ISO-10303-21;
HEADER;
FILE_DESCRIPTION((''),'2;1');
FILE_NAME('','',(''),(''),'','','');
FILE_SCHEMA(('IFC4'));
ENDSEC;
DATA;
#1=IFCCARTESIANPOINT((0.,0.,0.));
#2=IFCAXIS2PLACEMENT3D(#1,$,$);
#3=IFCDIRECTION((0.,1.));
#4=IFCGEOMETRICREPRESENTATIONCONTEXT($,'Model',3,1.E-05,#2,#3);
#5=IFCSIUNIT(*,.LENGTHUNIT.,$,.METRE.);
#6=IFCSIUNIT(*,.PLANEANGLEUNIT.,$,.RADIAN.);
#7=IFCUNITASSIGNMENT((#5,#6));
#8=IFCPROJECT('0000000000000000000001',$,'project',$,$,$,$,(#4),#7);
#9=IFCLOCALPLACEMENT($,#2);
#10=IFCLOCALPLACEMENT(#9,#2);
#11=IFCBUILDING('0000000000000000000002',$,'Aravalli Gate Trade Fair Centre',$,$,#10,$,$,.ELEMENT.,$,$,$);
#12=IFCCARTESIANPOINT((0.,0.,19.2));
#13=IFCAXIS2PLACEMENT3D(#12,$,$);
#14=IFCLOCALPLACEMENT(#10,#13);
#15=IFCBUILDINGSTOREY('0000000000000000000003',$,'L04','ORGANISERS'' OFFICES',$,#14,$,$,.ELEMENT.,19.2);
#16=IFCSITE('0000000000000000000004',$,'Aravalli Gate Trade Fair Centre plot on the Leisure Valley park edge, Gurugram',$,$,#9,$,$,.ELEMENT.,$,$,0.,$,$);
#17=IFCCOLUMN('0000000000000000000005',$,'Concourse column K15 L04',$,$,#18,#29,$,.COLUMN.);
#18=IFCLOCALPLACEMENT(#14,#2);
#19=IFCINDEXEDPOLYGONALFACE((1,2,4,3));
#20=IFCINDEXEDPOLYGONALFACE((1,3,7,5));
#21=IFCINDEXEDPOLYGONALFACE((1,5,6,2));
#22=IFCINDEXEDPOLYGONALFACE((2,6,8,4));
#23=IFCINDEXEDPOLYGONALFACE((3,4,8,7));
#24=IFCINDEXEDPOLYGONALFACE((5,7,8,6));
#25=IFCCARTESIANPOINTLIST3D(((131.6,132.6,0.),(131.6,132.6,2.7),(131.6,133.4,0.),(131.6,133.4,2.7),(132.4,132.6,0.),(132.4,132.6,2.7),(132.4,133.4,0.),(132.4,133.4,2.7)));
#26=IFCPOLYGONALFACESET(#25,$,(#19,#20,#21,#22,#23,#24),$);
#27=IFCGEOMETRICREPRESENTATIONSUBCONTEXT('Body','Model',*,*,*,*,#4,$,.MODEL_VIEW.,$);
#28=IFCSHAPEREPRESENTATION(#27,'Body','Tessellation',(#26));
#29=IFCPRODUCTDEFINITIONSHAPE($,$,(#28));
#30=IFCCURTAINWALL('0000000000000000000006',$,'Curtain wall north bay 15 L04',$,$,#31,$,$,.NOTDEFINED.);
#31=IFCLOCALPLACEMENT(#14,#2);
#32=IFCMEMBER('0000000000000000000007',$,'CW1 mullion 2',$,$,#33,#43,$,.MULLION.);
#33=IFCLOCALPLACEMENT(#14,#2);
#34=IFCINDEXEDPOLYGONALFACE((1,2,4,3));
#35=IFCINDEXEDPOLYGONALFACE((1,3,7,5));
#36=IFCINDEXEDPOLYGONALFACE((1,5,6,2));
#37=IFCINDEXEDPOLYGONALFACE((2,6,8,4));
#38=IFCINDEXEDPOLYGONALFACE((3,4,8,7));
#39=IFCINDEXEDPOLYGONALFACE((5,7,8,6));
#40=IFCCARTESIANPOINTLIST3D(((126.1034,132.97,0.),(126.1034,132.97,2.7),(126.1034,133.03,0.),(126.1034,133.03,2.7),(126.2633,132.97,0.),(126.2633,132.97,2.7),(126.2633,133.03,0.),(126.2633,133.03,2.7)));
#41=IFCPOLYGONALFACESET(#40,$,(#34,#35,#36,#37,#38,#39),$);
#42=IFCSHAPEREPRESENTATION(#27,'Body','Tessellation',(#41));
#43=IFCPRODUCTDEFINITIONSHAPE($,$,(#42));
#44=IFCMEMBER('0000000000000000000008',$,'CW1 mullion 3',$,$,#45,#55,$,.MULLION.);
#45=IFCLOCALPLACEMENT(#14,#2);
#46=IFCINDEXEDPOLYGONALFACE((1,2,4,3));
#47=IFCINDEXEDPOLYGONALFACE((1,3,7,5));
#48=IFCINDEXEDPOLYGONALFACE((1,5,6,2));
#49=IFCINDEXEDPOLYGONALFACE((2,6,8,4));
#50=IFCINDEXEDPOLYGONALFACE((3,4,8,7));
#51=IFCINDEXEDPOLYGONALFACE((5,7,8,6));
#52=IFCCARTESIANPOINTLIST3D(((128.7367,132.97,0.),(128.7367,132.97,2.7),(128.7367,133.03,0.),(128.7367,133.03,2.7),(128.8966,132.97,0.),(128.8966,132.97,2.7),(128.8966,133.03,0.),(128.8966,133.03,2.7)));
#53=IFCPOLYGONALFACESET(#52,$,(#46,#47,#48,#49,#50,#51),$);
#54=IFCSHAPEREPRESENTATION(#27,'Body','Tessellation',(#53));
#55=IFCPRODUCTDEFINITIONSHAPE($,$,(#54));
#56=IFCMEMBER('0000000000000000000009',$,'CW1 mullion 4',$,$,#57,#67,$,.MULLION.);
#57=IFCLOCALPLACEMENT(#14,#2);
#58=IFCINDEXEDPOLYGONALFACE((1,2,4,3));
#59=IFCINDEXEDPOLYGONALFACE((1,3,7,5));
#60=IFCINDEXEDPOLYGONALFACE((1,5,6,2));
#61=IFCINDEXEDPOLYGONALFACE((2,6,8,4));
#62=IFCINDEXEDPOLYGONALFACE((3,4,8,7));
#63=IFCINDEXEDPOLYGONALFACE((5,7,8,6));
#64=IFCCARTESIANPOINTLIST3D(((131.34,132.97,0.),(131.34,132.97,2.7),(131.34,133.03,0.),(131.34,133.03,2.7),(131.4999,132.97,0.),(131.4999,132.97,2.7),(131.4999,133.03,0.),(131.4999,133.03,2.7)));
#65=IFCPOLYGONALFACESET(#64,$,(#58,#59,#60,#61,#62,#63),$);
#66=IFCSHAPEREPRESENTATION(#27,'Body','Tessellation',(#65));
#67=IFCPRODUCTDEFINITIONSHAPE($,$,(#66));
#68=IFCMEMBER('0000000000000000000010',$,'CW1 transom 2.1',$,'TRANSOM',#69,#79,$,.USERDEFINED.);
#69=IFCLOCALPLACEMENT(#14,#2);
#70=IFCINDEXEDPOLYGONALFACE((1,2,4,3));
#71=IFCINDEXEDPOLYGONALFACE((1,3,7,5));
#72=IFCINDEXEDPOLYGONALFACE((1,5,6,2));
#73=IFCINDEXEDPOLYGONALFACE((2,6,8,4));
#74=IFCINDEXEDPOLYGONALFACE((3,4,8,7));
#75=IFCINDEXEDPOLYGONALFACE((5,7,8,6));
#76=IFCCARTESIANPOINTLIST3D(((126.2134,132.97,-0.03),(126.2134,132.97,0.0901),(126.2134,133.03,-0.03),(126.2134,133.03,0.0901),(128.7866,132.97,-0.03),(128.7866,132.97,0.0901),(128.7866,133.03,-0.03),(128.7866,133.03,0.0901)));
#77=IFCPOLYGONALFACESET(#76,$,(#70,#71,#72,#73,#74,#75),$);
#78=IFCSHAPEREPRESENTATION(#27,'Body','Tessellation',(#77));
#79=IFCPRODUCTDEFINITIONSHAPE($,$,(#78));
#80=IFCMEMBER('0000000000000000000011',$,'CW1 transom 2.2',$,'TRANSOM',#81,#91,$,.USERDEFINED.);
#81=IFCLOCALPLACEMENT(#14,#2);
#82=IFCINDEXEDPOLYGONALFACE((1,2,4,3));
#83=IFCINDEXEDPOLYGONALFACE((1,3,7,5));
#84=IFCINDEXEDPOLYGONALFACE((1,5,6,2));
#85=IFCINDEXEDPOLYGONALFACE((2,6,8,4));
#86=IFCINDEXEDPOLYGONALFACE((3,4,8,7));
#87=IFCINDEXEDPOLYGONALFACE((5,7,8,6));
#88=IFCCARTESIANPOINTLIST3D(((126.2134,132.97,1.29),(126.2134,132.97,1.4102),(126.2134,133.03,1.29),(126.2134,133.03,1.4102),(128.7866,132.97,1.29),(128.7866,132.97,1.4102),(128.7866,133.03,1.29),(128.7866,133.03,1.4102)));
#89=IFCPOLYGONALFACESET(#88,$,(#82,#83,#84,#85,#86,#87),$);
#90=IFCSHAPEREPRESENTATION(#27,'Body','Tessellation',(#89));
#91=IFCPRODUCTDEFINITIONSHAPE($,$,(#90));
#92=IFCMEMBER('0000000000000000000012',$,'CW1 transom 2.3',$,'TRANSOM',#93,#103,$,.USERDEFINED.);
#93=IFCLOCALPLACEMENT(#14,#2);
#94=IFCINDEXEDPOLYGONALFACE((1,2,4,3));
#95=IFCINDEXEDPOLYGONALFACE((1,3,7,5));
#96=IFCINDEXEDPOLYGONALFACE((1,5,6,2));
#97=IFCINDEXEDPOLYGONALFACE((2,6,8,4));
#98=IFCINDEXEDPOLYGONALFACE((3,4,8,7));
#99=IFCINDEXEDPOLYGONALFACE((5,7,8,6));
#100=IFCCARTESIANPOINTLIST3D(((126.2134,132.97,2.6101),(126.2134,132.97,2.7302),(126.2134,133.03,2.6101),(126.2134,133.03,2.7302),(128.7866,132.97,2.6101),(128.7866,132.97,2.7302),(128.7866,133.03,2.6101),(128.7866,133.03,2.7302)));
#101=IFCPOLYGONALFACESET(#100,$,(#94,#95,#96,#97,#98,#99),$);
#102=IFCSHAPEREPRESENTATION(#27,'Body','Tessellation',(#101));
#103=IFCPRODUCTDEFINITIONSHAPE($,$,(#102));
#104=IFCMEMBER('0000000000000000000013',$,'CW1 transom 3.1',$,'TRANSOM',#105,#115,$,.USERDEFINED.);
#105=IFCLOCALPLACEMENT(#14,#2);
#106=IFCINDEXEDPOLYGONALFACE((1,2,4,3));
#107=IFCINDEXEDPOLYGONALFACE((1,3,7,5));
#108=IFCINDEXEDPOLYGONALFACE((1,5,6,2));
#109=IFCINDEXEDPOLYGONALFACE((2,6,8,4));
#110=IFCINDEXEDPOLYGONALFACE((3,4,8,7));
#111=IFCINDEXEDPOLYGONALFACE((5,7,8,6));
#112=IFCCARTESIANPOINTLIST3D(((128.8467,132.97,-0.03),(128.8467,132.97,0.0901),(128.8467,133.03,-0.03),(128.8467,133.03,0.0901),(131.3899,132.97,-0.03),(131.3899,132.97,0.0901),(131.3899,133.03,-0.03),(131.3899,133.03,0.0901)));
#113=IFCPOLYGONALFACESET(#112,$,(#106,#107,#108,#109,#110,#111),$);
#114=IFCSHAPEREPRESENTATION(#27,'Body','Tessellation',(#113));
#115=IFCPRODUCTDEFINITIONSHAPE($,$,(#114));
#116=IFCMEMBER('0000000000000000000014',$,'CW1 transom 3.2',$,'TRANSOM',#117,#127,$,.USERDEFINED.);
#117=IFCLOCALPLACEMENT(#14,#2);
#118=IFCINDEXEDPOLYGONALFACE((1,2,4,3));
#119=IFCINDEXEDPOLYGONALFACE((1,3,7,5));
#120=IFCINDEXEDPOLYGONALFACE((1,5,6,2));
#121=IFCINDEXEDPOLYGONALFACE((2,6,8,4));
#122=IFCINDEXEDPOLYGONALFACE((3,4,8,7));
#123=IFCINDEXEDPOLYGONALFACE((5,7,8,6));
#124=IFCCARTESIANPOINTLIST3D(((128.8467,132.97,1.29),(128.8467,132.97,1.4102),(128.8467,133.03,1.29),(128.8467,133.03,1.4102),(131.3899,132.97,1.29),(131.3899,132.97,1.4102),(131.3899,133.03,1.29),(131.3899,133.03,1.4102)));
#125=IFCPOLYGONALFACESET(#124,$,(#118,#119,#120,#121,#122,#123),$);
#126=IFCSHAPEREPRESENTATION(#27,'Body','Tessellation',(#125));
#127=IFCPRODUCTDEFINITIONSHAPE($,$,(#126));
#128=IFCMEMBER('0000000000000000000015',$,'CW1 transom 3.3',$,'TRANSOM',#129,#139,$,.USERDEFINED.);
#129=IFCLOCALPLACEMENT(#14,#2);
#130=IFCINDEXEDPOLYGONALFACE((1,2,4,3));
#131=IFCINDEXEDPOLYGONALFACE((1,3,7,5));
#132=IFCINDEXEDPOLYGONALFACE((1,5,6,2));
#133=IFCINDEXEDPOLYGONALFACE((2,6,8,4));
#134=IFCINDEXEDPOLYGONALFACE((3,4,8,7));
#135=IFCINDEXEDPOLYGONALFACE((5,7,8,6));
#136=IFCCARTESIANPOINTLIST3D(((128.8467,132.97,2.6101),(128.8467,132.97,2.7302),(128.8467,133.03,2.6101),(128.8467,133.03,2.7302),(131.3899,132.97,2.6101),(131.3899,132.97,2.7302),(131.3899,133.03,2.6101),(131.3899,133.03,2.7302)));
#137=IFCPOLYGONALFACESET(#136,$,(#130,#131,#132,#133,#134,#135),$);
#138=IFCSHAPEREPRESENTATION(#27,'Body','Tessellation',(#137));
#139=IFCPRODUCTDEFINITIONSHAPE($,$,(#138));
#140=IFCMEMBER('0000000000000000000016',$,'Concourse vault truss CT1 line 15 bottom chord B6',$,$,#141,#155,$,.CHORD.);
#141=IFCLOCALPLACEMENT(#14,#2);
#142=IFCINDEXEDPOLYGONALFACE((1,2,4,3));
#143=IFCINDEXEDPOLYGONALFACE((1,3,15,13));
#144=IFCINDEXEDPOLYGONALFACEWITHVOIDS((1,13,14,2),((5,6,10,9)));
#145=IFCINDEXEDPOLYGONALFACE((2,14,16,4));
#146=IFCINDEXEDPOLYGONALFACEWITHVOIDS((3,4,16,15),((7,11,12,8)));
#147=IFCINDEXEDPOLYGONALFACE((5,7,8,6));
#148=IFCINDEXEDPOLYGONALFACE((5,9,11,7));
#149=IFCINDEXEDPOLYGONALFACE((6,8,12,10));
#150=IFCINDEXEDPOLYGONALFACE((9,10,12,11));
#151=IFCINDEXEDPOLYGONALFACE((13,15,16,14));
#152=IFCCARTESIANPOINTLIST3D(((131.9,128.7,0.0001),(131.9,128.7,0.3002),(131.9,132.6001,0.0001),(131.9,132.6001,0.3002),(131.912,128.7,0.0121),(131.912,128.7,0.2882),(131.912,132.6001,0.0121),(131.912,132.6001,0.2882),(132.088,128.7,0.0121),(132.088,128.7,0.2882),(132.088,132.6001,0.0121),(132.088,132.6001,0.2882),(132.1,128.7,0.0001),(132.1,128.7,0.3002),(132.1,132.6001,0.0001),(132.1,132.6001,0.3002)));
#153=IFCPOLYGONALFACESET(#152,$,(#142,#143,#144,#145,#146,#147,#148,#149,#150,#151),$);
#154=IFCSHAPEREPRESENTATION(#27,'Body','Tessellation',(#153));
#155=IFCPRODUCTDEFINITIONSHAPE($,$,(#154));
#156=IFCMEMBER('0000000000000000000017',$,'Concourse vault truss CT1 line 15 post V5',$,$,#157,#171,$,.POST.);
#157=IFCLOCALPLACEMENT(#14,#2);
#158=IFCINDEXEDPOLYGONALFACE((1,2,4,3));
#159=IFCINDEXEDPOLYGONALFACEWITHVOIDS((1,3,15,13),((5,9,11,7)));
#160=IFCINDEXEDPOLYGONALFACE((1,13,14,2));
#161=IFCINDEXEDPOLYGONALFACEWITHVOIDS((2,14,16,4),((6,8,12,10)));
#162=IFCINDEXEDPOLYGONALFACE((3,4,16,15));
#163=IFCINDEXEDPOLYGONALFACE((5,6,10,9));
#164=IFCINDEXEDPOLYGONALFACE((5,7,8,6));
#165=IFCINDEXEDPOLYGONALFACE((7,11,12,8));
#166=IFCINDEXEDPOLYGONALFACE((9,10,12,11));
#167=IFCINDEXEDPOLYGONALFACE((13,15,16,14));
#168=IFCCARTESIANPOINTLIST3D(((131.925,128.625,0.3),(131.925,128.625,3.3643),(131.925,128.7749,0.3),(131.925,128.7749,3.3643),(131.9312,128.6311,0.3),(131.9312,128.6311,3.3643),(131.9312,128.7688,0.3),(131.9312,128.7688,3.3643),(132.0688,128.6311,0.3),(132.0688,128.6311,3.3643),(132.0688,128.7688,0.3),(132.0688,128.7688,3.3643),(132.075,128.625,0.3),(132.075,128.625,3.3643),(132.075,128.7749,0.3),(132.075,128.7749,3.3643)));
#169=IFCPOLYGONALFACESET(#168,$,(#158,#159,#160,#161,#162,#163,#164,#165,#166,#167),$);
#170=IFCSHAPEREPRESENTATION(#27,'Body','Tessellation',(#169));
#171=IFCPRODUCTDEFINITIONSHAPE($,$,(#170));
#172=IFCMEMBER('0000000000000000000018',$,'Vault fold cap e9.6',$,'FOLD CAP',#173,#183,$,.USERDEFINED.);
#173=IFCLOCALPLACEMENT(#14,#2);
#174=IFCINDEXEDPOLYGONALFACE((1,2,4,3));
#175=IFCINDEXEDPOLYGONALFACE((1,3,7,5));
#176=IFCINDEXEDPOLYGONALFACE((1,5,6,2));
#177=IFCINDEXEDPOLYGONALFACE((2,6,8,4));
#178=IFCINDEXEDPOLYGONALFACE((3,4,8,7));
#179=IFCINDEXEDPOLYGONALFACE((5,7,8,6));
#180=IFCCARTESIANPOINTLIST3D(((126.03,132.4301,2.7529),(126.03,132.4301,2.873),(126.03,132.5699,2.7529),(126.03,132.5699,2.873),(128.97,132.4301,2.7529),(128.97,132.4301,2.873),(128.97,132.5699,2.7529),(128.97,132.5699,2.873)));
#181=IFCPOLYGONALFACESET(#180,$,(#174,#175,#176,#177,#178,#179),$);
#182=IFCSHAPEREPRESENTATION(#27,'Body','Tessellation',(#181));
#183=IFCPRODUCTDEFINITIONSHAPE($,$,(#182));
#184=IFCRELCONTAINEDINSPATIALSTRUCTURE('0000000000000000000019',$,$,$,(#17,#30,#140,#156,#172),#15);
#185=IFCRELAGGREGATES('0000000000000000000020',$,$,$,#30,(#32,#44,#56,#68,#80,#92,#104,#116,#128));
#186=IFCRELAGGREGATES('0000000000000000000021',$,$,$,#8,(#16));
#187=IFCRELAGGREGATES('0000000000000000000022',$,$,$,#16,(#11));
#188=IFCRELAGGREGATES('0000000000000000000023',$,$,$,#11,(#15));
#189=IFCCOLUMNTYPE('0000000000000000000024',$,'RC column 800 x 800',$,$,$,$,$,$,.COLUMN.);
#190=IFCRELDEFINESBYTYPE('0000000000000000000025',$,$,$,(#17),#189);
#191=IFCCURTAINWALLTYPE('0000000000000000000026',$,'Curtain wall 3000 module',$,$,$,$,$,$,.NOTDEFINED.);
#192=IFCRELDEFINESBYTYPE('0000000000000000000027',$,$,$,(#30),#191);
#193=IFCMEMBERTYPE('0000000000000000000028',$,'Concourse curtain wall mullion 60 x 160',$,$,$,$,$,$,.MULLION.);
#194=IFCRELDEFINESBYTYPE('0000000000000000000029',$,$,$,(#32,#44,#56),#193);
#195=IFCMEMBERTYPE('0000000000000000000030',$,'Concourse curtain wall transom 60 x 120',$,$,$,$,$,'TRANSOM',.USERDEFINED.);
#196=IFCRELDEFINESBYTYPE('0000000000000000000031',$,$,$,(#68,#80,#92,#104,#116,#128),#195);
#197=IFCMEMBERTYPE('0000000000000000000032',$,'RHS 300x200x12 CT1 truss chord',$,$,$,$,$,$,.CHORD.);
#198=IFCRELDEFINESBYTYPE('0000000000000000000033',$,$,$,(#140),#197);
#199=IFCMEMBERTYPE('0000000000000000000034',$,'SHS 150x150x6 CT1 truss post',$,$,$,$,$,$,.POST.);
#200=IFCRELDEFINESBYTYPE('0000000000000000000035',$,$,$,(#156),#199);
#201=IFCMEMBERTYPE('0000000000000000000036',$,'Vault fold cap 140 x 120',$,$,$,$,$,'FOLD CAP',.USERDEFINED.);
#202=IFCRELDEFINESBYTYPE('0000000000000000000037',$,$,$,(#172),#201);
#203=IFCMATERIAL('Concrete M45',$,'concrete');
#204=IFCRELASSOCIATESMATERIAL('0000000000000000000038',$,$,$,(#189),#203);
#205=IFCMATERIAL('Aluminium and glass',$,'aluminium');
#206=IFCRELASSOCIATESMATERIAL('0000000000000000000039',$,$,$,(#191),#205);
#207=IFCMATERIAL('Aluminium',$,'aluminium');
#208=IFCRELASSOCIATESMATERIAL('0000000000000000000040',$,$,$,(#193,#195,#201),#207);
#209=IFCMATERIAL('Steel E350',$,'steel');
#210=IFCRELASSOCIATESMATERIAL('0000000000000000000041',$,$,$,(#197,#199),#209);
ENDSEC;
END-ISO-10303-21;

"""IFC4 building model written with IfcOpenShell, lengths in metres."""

from ifc_helpers import new_model, si_unit, direction, frame, origin, origin_2d, place, context, subcontext, project, spatial, rectangle, hollow_rectangle, extrude, material, material_profile, profile_set, type_object, element, aggregate, save


model = new_model("IFC4")

# Units and contexts
model_context = context("Model", 3, precision=1e-05, world=origin(), true_north=direction((0.0, 1.0)))
body_context = subcontext(model_context, "Body", "Model", "MODEL_VIEW")
ifc_project = project(units=[si_unit("LENGTHUNIT", "METRE"), si_unit("PLANEANGLEUNIT", "RADIAN")], contexts=[model_context])

# Site, building, storey
site_placement = place(None, origin())
site = spatial("IfcSite", under=ifc_project, at=site_placement, Name="Aravalli Gate Trade Fair Centre plot on the Leisure Valley park edge, Gurugram", CompositionType="ELEMENT", RefElevation=0.0)
building_placement = place(site_placement, origin())
building = spatial("IfcBuilding", under=site, at=building_placement, Name="Aravalli Gate Trade Fair Centre", CompositionType="ELEMENT")
storey_placement = place(building_placement, frame((0.0, 0.0, 19.2)))
storey = spatial("IfcBuildingStorey", under=building, at=storey_placement, Name="L04", Description="ORGANISERS' OFFICES", CompositionType="ELEMENT", Elevation=19.2)

# Column
ifc_material_1 = material(Name="Concrete M45", Category="concrete")
ifc_material_profile_1 = material_profile(ifc_material_1, rectangle(XDim=0.8, YDim=0.8, at=origin_2d()), Name="RC column 800 x 800")
ifc_profile_set_1 = profile_set([ifc_material_profile_1], Name="Concrete M45")
column_type = type_object("IfcColumnType", Name="RC column 800 x 800", PredefinedType="COLUMN", material=ifc_profile_set_1)
column_placement = place(storey_placement, frame((132.0, 133.0, 0.0), z_axis=(0.0, 0.0, 1.0), x_axis=(1.0, 0.0, 0.0)))
element("IfcColumn", 1, at=column_placement, inside=storey, type_object=column_type, Name="Concourse column K15 L04", PredefinedType="COLUMN", context=body_context, shape_type="SweptSolid", body=[
    extrude(rectangle(XDim=0.8, YDim=0.8, at=origin_2d()), origin(), (0.0, 0.0, 1.0), 2.7),
])

# Curtain wall, members
ifc_material_2 = material(Name="Aluminium and glass", Category="aluminium")
curtain_wall_type_1 = type_object("IfcCurtainWallType", Name="Curtain wall 3000 module", PredefinedType="NOTDEFINED", material=ifc_material_2)
curtain_wall_1_placement = place(storey_placement, origin())
curtain_wall_1 = element("IfcCurtainWall", 2, at=curtain_wall_1_placement, inside=storey, type_object=curtain_wall_type_1, Name="Curtain wall north bay 15 L04", PredefinedType="NOTDEFINED")
ifc_material_3 = material(Name="Aluminium", Category="aluminium")
ifc_material_profile_2 = material_profile(ifc_material_3, rectangle(XDim=0.0601, YDim=0.1599, at=origin_2d()), Name="Concourse curtain wall mullion 60 x 160")
ifc_profile_set_2 = profile_set([ifc_material_profile_2], Name="Aluminium")
member_type_1 = type_object("IfcMemberType", Name="Concourse curtain wall mullion 60 x 160", PredefinedType="MULLION", material=ifc_profile_set_2)
member_1_placement = place(storey_placement, frame((126.1833, 133.0, 0.0), z_axis=(0.0, 0.0, 1.0), x_axis=(0.0, 1.0, 0.0)))
member_1 = element("IfcMember", 3, at=member_1_placement, type_object=member_type_1, Name="CW1 mullion 2", PredefinedType="MULLION", context=body_context, shape_type="SweptSolid", body=[
    extrude(rectangle(XDim=0.0601, YDim=0.1599, at=origin_2d()), origin(), (0.0, 0.0, 1.0), 2.7),
])
member_2_placement = place(storey_placement, frame((128.8167, 133.0, 0.0), z_axis=(0.0, 0.0, 1.0), x_axis=(0.0, 1.0, 0.0)))
member_2 = element("IfcMember", 4, at=member_2_placement, type_object=member_type_1, Name="CW1 mullion 3", PredefinedType="MULLION", context=body_context, shape_type="SweptSolid", body=[
    extrude(rectangle(XDim=0.0601, YDim=0.1599, at=origin_2d()), origin(), (0.0, 0.0, 1.0), 2.7),
])
member_3_placement = place(storey_placement, frame((131.4199, 133.0, 0.0), z_axis=(0.0, 0.0, 1.0), x_axis=(0.0, 1.0, 0.0)))
member_3 = element("IfcMember", 5, at=member_3_placement, type_object=member_type_1, Name="CW1 mullion 4", PredefinedType="MULLION", context=body_context, shape_type="SweptSolid", body=[
    extrude(rectangle(XDim=0.0601, YDim=0.1599, at=origin_2d()), origin(), (0.0, 0.0, 1.0), 2.7),
])
ifc_material_profile_3 = material_profile(ifc_material_3, rectangle(XDim=0.0601, YDim=0.1201, at=origin_2d()), Name="Concourse curtain wall transom 60 x 120")
ifc_profile_set_3 = profile_set([ifc_material_profile_3], Name="Aluminium")
member_type_2 = type_object("IfcMemberType", Name="Concourse curtain wall transom 60 x 120", ElementType="TRANSOM", PredefinedType="USERDEFINED", material=ifc_profile_set_3)
member_4_placement = place(storey_placement, frame((126.2134, 133.0, 0.03), z_axis=(1.0, 0.0, 0.0), x_axis=(0.0, 1.0, 0.0)))
member_4 = element("IfcMember", 6, at=member_4_placement, type_object=member_type_2, Name="CW1 transom 2.1", ObjectType="TRANSOM", PredefinedType="USERDEFINED", context=body_context, shape_type="SweptSolid", body=[
    extrude(rectangle(XDim=0.0601, YDim=0.1201, at=origin_2d()), origin(), (0.0, 0.0, 1.0), 2.5732),
])
member_5_placement = place(storey_placement, frame((126.2134, 133.0, 1.3501), z_axis=(1.0, 0.0, 0.0), x_axis=(0.0, 1.0, 0.0)))
member_5 = element("IfcMember", 7, at=member_5_placement, type_object=member_type_2, Name="CW1 transom 2.2", ObjectType="TRANSOM", PredefinedType="USERDEFINED", context=body_context, shape_type="SweptSolid", body=[
    extrude(rectangle(XDim=0.0601, YDim=0.1201, at=origin_2d()), origin(), (0.0, 0.0, 1.0), 2.5732),
])
member_6_placement = place(storey_placement, frame((126.2134, 133.0, 2.6702), z_axis=(1.0, 0.0, 0.0), x_axis=(0.0, 1.0, 0.0)))
member_6 = element("IfcMember", 8, at=member_6_placement, type_object=member_type_2, Name="CW1 transom 2.3", ObjectType="TRANSOM", PredefinedType="USERDEFINED", context=body_context, shape_type="SweptSolid", body=[
    extrude(rectangle(XDim=0.0601, YDim=0.1201, at=origin_2d()), origin(), (0.0, 0.0, 1.0), 2.5732),
])
member_7_placement = place(storey_placement, frame((128.8467, 133.0, 0.03), z_axis=(1.0, 0.0, 0.0), x_axis=(0.0, 1.0, 0.0)))
member_7 = element("IfcMember", 9, at=member_7_placement, type_object=member_type_2, Name="CW1 transom 3.1", ObjectType="TRANSOM", PredefinedType="USERDEFINED", context=body_context, shape_type="SweptSolid", body=[
    extrude(rectangle(XDim=0.0601, YDim=0.1201, at=origin_2d()), origin(), (0.0, 0.0, 1.0), 2.5432),
])
member_8_placement = place(storey_placement, frame((128.8467, 133.0, 1.3501), z_axis=(1.0, 0.0, 0.0), x_axis=(0.0, 1.0, 0.0)))
member_8 = element("IfcMember", 10, at=member_8_placement, type_object=member_type_2, Name="CW1 transom 3.2", ObjectType="TRANSOM", PredefinedType="USERDEFINED", context=body_context, shape_type="SweptSolid", body=[
    extrude(rectangle(XDim=0.0601, YDim=0.1201, at=origin_2d()), origin(), (0.0, 0.0, 1.0), 2.5432),
])
member_9_placement = place(storey_placement, frame((128.8467, 133.0, 2.6702), z_axis=(1.0, 0.0, 0.0), x_axis=(0.0, 1.0, 0.0)))
member_9 = element("IfcMember", 11, at=member_9_placement, type_object=member_type_2, Name="CW1 transom 3.3", ObjectType="TRANSOM", PredefinedType="USERDEFINED", context=body_context, shape_type="SweptSolid", body=[
    extrude(rectangle(XDim=0.0601, YDim=0.1201, at=origin_2d()), origin(), (0.0, 0.0, 1.0), 2.5432),
])

# Members
ifc_material_4 = material(Name="Steel E350", Category="steel")
ifc_material_profile_4 = material_profile(ifc_material_4, hollow_rectangle(XDim=0.2, YDim=0.3, WallThickness=0.012, at=origin_2d()), Name="RHS 300x200x12")
ifc_profile_set_4 = profile_set([ifc_material_profile_4], Name="Steel E350")
member_type_3 = type_object("IfcMemberType", Name="RHS 300x200x12 CT1 truss chord", PredefinedType="CHORD", material=ifc_profile_set_4)
member_10_placement = place(storey_placement, frame((132.0, 128.7, 0.1501), z_axis=(0.0, 1.0, 0.0), x_axis=(-1.0, 0.0, 0.0)))
element("IfcMember", 12, at=member_10_placement, inside=storey, type_object=member_type_3, Name="Concourse vault truss CT1 line 15 bottom chord B6", PredefinedType="CHORD", context=body_context, shape_type="SweptSolid", body=[
    extrude(hollow_rectangle(XDim=0.2, YDim=0.3, WallThickness=0.012, at=origin_2d()), origin(), (0.0, 0.0, 1.0), 3.9001),
])
ifc_material_profile_5 = material_profile(ifc_material_4, hollow_rectangle(XDim=0.1499, YDim=0.1499, WallThickness=0.0061, at=origin_2d()), Name="SHS 150x150x6")
ifc_profile_set_5 = profile_set([ifc_material_profile_5], Name="Steel E350")
member_type_4 = type_object("IfcMemberType", Name="SHS 150x150x6 CT1 truss post", PredefinedType="POST", material=ifc_profile_set_5)
member_11_placement = place(storey_placement, frame((132.0, 128.7, 0.3), z_axis=(0.0, 0.0, 1.0), x_axis=(1.0, 0.0, 0.0)))
element("IfcMember", 13, at=member_11_placement, inside=storey, type_object=member_type_4, Name="Concourse vault truss CT1 line 15 post V5", PredefinedType="POST", context=body_context, shape_type="SweptSolid", body=[
    extrude(hollow_rectangle(XDim=0.1499, YDim=0.1499, WallThickness=0.0061, at=origin_2d()), origin(), (0.0, 0.0, 1.0), 3.0642),
])
ifc_material_profile_6 = material_profile(ifc_material_3, rectangle(XDim=0.1399, YDim=0.1201, at=origin_2d()), Name="Vault fold cap 140 x 120")
ifc_profile_set_6 = profile_set([ifc_material_profile_6], Name="Aluminium")
member_type_5 = type_object("IfcMemberType", Name="Vault fold cap 140 x 120", ElementType="FOLD CAP", PredefinedType="USERDEFINED", material=ifc_profile_set_6)
for number, where, z_axis, x_axis, name in (
    (14, (126.03, 132.5, 2.813), (1.0, 0.0, 0.0), (0.0, 1.0, 0.0), "Vault fold cap e9.6"),
):
    element("IfcMember", number, at=place(storey_placement, frame(where, z_axis=z_axis, x_axis=x_axis)), inside=storey, type_object=member_type_5, Name=name, ObjectType="FOLD CAP", PredefinedType="USERDEFINED", context=body_context, shape_type="SweptSolid", body=[
        extrude(rectangle(XDim=0.1399, YDim=0.1201, at=origin_2d()), origin(), (0.0, 0.0, 1.0), 2.9399),
    ])

aggregate(curtain_wall_1, [member_1, member_2, member_3, member_4, member_5, member_6, member_7, member_8, member_9])

save(model, "model.ifc")
